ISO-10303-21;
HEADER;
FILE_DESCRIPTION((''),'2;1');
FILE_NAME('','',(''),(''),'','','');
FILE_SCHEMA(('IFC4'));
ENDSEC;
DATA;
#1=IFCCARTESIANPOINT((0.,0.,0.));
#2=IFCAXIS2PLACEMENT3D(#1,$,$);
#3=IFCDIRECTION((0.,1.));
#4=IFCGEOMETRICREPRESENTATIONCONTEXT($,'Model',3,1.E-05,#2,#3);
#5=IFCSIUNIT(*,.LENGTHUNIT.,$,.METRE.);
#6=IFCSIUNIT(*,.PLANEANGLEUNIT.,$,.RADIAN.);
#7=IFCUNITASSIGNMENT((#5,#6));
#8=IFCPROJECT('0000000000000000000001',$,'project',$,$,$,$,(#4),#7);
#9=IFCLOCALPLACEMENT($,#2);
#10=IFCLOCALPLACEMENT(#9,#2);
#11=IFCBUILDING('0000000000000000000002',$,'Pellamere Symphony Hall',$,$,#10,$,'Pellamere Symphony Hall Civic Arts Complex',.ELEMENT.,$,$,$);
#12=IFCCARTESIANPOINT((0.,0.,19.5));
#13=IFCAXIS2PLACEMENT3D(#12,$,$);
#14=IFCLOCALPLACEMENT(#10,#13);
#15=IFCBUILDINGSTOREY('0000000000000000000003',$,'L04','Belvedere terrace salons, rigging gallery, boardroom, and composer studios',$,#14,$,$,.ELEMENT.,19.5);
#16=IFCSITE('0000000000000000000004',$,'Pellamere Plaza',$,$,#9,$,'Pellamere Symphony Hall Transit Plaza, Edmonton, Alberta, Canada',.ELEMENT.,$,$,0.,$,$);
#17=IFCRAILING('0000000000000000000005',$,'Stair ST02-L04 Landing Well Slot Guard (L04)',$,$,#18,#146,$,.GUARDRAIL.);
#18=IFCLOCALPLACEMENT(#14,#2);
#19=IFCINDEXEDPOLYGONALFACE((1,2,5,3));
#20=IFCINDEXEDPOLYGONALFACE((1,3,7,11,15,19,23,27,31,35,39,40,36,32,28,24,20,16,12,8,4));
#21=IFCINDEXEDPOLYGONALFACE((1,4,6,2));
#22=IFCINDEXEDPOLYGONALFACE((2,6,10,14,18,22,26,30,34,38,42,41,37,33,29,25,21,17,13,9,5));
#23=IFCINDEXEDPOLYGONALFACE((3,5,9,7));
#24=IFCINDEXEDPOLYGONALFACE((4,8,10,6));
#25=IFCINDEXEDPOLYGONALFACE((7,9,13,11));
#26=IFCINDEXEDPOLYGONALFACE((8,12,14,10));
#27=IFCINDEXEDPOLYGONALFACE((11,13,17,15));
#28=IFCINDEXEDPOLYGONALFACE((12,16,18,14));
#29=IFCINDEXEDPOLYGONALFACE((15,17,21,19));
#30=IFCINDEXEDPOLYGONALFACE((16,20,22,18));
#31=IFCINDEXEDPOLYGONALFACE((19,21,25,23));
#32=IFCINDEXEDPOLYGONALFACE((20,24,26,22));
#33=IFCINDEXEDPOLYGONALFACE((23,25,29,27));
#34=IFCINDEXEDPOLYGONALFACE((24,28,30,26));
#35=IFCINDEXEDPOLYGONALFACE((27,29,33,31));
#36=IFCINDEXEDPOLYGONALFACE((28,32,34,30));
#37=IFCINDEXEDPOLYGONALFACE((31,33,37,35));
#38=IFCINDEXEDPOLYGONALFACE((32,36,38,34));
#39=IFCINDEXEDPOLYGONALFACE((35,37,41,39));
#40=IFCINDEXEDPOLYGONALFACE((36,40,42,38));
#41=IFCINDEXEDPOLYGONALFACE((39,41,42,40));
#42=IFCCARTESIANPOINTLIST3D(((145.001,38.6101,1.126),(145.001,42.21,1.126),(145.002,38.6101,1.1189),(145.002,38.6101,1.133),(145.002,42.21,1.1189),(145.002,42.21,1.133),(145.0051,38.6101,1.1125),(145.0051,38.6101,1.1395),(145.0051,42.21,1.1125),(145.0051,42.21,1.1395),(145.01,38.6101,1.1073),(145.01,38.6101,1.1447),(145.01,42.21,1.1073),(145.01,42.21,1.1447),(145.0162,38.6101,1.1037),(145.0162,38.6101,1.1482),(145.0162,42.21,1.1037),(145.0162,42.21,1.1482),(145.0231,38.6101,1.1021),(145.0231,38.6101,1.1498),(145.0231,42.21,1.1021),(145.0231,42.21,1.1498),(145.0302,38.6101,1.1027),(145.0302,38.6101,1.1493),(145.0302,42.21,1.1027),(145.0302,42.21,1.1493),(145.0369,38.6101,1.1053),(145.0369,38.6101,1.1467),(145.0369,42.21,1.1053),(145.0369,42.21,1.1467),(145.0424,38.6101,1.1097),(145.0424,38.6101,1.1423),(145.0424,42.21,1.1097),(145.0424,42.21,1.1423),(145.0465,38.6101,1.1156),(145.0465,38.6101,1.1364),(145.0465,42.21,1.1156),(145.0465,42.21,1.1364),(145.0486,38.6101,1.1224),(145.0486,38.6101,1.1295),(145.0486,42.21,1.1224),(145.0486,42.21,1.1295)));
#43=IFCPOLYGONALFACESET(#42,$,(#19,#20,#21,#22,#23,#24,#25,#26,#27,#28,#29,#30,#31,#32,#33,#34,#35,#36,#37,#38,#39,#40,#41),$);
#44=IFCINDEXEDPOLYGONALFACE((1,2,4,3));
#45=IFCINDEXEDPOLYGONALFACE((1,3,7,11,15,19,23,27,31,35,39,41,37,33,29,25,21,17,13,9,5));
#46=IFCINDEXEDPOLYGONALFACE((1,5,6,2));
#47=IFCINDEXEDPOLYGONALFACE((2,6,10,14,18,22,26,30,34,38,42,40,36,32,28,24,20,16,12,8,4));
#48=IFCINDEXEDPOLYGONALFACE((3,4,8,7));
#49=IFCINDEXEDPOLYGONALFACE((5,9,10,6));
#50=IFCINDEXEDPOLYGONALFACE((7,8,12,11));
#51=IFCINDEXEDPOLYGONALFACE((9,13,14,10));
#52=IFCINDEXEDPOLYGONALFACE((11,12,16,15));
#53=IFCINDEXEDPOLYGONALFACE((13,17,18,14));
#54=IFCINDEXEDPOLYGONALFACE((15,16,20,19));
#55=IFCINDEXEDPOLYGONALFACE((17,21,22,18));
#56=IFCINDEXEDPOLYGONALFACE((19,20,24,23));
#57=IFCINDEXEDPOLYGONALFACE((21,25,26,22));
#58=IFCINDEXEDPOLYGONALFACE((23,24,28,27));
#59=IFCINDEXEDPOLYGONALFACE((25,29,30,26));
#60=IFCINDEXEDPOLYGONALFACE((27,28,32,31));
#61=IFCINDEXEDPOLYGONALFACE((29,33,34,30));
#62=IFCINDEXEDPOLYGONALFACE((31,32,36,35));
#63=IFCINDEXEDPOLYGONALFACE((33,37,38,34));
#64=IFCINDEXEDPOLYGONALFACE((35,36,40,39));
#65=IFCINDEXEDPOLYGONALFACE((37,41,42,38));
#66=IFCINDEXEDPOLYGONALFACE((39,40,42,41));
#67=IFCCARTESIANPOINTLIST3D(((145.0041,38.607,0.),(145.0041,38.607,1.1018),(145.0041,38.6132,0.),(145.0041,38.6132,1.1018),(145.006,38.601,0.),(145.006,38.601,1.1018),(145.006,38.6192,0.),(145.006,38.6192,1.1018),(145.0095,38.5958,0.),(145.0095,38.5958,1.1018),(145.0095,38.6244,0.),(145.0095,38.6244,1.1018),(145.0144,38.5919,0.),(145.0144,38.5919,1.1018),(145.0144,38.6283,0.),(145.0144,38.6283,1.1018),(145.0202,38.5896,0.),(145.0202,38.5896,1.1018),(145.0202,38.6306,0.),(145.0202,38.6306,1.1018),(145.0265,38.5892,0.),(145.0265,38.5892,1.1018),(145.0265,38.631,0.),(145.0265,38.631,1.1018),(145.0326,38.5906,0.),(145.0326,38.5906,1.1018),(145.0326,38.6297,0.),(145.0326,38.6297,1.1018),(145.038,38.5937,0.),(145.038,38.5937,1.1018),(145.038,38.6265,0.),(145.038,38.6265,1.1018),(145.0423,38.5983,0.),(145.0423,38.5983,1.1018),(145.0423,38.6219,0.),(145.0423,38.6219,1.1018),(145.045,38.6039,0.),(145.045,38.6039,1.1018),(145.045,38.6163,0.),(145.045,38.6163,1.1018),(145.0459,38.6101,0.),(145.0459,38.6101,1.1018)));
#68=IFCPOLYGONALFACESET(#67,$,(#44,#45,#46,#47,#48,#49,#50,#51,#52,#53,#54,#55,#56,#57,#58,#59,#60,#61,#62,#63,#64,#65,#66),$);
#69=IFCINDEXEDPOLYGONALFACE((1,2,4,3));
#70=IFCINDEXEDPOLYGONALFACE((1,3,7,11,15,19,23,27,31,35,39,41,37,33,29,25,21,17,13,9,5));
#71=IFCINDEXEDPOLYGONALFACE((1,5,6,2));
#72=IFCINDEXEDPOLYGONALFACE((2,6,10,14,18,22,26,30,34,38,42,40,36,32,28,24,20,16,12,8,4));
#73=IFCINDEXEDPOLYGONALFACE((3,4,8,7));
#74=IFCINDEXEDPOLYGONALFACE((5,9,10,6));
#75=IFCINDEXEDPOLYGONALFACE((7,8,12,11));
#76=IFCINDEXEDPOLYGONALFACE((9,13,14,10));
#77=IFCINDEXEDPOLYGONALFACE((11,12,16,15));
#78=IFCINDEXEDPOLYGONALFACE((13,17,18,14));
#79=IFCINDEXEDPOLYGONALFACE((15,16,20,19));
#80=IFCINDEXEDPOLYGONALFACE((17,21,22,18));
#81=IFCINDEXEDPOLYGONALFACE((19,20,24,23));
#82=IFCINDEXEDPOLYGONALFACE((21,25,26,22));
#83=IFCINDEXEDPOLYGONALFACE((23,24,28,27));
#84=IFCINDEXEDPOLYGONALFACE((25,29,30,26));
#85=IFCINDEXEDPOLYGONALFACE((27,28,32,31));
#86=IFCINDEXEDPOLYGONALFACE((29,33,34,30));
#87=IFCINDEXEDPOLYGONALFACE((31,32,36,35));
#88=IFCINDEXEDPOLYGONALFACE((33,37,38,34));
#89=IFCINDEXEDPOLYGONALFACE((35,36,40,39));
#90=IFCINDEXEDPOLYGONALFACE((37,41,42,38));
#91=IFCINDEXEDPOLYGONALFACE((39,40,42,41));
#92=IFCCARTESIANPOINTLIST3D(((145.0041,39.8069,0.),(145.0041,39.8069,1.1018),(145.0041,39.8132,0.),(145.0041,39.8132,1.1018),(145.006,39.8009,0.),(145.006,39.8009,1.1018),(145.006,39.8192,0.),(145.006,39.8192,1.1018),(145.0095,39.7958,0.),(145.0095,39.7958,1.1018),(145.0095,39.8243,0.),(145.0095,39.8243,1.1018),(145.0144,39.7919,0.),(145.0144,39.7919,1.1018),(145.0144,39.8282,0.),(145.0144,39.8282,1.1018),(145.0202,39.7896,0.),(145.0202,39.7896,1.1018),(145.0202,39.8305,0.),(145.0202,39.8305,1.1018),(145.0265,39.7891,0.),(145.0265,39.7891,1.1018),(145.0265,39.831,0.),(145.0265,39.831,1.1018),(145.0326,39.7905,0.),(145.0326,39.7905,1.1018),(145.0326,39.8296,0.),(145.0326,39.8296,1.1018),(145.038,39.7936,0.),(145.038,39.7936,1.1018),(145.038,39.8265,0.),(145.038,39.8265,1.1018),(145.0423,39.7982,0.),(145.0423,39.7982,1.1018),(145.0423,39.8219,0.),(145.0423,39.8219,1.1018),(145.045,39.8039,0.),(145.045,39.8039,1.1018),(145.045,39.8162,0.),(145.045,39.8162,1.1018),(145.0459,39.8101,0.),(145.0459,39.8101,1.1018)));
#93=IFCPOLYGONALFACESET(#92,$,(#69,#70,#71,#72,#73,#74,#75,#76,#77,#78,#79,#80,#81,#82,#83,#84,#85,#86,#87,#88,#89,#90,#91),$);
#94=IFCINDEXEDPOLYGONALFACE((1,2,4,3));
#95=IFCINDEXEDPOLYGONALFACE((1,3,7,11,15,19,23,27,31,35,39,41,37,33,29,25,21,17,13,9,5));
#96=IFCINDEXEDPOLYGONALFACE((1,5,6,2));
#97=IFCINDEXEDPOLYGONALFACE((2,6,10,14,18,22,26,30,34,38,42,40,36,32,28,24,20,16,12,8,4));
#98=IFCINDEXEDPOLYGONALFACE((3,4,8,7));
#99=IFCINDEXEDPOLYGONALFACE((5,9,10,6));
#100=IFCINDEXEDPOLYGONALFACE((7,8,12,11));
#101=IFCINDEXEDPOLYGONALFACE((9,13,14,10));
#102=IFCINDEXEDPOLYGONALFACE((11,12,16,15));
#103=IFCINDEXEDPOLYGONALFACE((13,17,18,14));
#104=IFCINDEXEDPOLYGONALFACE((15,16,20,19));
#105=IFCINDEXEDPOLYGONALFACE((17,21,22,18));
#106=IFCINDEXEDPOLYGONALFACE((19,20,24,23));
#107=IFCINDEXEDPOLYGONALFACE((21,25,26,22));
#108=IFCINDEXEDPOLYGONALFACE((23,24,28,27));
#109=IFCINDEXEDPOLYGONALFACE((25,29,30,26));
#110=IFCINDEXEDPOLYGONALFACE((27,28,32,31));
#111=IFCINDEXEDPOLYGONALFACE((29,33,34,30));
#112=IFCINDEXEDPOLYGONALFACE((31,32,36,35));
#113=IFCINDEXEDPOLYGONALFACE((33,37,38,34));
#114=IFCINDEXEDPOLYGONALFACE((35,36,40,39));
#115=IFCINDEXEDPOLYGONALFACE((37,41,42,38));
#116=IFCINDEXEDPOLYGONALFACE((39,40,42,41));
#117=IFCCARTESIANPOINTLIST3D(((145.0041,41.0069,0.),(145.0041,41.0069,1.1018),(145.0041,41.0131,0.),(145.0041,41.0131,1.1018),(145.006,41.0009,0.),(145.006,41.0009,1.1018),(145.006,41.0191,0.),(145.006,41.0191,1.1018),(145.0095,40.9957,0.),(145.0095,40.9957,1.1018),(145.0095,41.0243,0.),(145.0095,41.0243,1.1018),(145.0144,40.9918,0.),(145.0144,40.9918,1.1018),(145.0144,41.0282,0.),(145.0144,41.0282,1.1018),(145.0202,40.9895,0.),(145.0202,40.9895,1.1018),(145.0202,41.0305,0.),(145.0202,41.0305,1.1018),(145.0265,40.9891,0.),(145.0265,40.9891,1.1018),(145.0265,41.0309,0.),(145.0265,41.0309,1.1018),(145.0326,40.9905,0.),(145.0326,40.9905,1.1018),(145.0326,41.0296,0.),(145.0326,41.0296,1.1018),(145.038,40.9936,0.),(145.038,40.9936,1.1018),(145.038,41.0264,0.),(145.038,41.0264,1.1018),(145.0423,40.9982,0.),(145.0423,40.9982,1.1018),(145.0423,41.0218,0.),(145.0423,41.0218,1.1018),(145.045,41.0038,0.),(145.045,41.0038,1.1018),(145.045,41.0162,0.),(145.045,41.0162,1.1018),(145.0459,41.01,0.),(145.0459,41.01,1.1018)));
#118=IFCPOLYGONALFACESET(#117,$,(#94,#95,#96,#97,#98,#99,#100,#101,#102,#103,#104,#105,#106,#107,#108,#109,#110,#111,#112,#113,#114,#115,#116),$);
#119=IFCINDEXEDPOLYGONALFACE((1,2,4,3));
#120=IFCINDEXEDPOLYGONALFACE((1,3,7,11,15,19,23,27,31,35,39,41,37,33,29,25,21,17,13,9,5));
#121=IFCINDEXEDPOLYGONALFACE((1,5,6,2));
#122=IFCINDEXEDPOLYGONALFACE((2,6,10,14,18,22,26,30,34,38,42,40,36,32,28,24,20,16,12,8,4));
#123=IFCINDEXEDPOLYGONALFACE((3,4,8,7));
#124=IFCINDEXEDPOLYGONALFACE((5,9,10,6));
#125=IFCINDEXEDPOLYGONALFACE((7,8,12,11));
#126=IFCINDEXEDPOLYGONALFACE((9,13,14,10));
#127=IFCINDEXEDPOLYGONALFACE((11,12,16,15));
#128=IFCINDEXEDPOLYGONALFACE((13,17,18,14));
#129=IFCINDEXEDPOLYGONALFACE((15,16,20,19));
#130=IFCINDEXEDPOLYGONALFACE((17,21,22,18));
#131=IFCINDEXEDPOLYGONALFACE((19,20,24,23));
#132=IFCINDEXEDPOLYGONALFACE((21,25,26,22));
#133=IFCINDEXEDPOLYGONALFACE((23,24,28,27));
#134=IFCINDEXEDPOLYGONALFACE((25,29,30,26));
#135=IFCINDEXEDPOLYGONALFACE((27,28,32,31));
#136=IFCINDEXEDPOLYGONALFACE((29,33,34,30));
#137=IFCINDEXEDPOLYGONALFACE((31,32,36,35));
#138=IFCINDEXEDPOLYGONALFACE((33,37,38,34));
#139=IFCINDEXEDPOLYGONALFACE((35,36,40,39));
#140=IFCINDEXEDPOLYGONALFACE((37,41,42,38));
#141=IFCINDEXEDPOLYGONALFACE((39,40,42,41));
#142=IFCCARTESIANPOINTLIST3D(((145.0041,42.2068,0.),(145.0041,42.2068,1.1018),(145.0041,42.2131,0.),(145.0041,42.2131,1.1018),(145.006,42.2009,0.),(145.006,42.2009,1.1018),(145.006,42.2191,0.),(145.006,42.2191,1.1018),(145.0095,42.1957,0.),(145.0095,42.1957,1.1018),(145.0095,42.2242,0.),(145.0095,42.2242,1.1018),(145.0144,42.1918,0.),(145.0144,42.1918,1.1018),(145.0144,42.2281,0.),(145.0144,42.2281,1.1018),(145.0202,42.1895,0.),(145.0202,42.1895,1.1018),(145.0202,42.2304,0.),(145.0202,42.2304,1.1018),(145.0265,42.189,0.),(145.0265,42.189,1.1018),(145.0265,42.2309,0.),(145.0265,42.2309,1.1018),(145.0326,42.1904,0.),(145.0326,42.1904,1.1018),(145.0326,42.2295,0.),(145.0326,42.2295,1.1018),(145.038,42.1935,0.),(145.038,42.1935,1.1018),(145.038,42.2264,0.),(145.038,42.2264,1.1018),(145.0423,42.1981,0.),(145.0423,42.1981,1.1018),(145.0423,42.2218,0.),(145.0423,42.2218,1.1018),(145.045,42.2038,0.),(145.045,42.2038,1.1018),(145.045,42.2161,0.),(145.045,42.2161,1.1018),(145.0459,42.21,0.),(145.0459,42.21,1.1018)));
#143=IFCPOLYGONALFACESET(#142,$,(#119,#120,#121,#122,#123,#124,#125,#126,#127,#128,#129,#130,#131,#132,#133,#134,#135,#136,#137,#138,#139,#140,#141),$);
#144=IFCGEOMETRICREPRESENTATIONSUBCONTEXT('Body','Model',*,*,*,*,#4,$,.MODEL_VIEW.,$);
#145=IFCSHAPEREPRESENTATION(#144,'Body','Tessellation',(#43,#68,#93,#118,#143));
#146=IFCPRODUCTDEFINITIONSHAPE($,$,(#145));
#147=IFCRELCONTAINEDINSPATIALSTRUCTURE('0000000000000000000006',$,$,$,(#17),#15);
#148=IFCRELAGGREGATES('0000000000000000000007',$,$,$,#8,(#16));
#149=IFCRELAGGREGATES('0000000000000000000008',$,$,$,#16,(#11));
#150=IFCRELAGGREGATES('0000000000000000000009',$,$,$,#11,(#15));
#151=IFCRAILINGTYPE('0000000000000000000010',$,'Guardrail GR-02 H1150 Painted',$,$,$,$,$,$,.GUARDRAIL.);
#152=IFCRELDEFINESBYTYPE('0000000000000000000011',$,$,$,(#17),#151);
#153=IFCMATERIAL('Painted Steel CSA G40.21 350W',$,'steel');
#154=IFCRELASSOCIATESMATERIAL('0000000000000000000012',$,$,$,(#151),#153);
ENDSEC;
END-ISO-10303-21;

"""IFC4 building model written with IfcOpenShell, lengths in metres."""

from ifc_helpers import new_model, si_unit, direction, frame, origin, origin_2d, place, context, subcontext, project, spatial, circle, extrude, material, type_object, element, save


model = new_model("IFC4")

# Units and contexts
model_context = context("Model", 3, precision=1e-05, world=origin(), true_north=direction((0.0, 1.0)))
body_context = subcontext(model_context, "Body", "Model", "MODEL_VIEW")
ifc_project = project(units=[si_unit("LENGTHUNIT", "METRE"), si_unit("PLANEANGLEUNIT", "RADIAN")], contexts=[model_context])

# Site, building, storey
site_placement = place(None, origin())
site = spatial("IfcSite", under=ifc_project, at=site_placement, Name="Pellamere Plaza", LongName="Pellamere Symphony Hall Transit Plaza, Edmonton, Alberta, Canada", CompositionType="ELEMENT", RefElevation=0.0)
building_placement = place(site_placement, origin())
building = spatial("IfcBuilding", under=site, at=building_placement, Name="Pellamere Symphony Hall", LongName="Pellamere Symphony Hall Civic Arts Complex", CompositionType="ELEMENT")
storey_placement = place(building_placement, frame((0.0, 0.0, 19.5)))
storey = spatial("IfcBuildingStorey", under=building, at=storey_placement, Name="L04", Description="Belvedere terrace salons, rigging gallery, boardroom, and composer studios", CompositionType="ELEMENT", Elevation=19.5)

# Railing
ifc_material_1 = material(Name="Painted Steel CSA G40.21 350W", Category="steel")
railing_type_1 = type_object("IfcRailingType", Name="Guardrail GR-02 H1150 Painted", PredefinedType="GUARDRAIL", material=ifc_material_1)
railing_1_placement = place(storey_placement, frame((145.0249, 38.6101, 0.0)))
element("IfcRailing", 1, at=railing_1_placement, inside=storey, type_object=railing_type_1, Name="Stair ST02-L04 Landing Well Slot Guard (L04)", PredefinedType="GUARDRAIL", context=body_context, shape_type="SweptSolid", body=[
    extrude(circle(Radius=0.0239, at=origin_2d()), frame((0.0, 0.0, 1.126), z_axis=(0.0, 1.0, 0.0), x_axis=(-1.0, 0.0, 0.0)), (0.0, 0.0, 1.0), 3.5999),
    extrude(circle(Radius=0.021, at=origin_2d()), origin(), (0.0, 0.0, 1.0), 1.1018),
    extrude(circle(Radius=0.021, at=origin_2d()), frame((0.0, 1.2, 0.0)), (0.0, 0.0, 1.0), 1.1018),
    extrude(circle(Radius=0.021, at=origin_2d()), frame((0.0, 2.3999, 0.0)), (0.0, 0.0, 1.0), 1.1018),
    extrude(circle(Radius=0.021, at=origin_2d()), frame((0.0, 3.5999, 0.0)), (0.0, 0.0, 1.0), 1.1018),
])

save(model, "model.ifc")
